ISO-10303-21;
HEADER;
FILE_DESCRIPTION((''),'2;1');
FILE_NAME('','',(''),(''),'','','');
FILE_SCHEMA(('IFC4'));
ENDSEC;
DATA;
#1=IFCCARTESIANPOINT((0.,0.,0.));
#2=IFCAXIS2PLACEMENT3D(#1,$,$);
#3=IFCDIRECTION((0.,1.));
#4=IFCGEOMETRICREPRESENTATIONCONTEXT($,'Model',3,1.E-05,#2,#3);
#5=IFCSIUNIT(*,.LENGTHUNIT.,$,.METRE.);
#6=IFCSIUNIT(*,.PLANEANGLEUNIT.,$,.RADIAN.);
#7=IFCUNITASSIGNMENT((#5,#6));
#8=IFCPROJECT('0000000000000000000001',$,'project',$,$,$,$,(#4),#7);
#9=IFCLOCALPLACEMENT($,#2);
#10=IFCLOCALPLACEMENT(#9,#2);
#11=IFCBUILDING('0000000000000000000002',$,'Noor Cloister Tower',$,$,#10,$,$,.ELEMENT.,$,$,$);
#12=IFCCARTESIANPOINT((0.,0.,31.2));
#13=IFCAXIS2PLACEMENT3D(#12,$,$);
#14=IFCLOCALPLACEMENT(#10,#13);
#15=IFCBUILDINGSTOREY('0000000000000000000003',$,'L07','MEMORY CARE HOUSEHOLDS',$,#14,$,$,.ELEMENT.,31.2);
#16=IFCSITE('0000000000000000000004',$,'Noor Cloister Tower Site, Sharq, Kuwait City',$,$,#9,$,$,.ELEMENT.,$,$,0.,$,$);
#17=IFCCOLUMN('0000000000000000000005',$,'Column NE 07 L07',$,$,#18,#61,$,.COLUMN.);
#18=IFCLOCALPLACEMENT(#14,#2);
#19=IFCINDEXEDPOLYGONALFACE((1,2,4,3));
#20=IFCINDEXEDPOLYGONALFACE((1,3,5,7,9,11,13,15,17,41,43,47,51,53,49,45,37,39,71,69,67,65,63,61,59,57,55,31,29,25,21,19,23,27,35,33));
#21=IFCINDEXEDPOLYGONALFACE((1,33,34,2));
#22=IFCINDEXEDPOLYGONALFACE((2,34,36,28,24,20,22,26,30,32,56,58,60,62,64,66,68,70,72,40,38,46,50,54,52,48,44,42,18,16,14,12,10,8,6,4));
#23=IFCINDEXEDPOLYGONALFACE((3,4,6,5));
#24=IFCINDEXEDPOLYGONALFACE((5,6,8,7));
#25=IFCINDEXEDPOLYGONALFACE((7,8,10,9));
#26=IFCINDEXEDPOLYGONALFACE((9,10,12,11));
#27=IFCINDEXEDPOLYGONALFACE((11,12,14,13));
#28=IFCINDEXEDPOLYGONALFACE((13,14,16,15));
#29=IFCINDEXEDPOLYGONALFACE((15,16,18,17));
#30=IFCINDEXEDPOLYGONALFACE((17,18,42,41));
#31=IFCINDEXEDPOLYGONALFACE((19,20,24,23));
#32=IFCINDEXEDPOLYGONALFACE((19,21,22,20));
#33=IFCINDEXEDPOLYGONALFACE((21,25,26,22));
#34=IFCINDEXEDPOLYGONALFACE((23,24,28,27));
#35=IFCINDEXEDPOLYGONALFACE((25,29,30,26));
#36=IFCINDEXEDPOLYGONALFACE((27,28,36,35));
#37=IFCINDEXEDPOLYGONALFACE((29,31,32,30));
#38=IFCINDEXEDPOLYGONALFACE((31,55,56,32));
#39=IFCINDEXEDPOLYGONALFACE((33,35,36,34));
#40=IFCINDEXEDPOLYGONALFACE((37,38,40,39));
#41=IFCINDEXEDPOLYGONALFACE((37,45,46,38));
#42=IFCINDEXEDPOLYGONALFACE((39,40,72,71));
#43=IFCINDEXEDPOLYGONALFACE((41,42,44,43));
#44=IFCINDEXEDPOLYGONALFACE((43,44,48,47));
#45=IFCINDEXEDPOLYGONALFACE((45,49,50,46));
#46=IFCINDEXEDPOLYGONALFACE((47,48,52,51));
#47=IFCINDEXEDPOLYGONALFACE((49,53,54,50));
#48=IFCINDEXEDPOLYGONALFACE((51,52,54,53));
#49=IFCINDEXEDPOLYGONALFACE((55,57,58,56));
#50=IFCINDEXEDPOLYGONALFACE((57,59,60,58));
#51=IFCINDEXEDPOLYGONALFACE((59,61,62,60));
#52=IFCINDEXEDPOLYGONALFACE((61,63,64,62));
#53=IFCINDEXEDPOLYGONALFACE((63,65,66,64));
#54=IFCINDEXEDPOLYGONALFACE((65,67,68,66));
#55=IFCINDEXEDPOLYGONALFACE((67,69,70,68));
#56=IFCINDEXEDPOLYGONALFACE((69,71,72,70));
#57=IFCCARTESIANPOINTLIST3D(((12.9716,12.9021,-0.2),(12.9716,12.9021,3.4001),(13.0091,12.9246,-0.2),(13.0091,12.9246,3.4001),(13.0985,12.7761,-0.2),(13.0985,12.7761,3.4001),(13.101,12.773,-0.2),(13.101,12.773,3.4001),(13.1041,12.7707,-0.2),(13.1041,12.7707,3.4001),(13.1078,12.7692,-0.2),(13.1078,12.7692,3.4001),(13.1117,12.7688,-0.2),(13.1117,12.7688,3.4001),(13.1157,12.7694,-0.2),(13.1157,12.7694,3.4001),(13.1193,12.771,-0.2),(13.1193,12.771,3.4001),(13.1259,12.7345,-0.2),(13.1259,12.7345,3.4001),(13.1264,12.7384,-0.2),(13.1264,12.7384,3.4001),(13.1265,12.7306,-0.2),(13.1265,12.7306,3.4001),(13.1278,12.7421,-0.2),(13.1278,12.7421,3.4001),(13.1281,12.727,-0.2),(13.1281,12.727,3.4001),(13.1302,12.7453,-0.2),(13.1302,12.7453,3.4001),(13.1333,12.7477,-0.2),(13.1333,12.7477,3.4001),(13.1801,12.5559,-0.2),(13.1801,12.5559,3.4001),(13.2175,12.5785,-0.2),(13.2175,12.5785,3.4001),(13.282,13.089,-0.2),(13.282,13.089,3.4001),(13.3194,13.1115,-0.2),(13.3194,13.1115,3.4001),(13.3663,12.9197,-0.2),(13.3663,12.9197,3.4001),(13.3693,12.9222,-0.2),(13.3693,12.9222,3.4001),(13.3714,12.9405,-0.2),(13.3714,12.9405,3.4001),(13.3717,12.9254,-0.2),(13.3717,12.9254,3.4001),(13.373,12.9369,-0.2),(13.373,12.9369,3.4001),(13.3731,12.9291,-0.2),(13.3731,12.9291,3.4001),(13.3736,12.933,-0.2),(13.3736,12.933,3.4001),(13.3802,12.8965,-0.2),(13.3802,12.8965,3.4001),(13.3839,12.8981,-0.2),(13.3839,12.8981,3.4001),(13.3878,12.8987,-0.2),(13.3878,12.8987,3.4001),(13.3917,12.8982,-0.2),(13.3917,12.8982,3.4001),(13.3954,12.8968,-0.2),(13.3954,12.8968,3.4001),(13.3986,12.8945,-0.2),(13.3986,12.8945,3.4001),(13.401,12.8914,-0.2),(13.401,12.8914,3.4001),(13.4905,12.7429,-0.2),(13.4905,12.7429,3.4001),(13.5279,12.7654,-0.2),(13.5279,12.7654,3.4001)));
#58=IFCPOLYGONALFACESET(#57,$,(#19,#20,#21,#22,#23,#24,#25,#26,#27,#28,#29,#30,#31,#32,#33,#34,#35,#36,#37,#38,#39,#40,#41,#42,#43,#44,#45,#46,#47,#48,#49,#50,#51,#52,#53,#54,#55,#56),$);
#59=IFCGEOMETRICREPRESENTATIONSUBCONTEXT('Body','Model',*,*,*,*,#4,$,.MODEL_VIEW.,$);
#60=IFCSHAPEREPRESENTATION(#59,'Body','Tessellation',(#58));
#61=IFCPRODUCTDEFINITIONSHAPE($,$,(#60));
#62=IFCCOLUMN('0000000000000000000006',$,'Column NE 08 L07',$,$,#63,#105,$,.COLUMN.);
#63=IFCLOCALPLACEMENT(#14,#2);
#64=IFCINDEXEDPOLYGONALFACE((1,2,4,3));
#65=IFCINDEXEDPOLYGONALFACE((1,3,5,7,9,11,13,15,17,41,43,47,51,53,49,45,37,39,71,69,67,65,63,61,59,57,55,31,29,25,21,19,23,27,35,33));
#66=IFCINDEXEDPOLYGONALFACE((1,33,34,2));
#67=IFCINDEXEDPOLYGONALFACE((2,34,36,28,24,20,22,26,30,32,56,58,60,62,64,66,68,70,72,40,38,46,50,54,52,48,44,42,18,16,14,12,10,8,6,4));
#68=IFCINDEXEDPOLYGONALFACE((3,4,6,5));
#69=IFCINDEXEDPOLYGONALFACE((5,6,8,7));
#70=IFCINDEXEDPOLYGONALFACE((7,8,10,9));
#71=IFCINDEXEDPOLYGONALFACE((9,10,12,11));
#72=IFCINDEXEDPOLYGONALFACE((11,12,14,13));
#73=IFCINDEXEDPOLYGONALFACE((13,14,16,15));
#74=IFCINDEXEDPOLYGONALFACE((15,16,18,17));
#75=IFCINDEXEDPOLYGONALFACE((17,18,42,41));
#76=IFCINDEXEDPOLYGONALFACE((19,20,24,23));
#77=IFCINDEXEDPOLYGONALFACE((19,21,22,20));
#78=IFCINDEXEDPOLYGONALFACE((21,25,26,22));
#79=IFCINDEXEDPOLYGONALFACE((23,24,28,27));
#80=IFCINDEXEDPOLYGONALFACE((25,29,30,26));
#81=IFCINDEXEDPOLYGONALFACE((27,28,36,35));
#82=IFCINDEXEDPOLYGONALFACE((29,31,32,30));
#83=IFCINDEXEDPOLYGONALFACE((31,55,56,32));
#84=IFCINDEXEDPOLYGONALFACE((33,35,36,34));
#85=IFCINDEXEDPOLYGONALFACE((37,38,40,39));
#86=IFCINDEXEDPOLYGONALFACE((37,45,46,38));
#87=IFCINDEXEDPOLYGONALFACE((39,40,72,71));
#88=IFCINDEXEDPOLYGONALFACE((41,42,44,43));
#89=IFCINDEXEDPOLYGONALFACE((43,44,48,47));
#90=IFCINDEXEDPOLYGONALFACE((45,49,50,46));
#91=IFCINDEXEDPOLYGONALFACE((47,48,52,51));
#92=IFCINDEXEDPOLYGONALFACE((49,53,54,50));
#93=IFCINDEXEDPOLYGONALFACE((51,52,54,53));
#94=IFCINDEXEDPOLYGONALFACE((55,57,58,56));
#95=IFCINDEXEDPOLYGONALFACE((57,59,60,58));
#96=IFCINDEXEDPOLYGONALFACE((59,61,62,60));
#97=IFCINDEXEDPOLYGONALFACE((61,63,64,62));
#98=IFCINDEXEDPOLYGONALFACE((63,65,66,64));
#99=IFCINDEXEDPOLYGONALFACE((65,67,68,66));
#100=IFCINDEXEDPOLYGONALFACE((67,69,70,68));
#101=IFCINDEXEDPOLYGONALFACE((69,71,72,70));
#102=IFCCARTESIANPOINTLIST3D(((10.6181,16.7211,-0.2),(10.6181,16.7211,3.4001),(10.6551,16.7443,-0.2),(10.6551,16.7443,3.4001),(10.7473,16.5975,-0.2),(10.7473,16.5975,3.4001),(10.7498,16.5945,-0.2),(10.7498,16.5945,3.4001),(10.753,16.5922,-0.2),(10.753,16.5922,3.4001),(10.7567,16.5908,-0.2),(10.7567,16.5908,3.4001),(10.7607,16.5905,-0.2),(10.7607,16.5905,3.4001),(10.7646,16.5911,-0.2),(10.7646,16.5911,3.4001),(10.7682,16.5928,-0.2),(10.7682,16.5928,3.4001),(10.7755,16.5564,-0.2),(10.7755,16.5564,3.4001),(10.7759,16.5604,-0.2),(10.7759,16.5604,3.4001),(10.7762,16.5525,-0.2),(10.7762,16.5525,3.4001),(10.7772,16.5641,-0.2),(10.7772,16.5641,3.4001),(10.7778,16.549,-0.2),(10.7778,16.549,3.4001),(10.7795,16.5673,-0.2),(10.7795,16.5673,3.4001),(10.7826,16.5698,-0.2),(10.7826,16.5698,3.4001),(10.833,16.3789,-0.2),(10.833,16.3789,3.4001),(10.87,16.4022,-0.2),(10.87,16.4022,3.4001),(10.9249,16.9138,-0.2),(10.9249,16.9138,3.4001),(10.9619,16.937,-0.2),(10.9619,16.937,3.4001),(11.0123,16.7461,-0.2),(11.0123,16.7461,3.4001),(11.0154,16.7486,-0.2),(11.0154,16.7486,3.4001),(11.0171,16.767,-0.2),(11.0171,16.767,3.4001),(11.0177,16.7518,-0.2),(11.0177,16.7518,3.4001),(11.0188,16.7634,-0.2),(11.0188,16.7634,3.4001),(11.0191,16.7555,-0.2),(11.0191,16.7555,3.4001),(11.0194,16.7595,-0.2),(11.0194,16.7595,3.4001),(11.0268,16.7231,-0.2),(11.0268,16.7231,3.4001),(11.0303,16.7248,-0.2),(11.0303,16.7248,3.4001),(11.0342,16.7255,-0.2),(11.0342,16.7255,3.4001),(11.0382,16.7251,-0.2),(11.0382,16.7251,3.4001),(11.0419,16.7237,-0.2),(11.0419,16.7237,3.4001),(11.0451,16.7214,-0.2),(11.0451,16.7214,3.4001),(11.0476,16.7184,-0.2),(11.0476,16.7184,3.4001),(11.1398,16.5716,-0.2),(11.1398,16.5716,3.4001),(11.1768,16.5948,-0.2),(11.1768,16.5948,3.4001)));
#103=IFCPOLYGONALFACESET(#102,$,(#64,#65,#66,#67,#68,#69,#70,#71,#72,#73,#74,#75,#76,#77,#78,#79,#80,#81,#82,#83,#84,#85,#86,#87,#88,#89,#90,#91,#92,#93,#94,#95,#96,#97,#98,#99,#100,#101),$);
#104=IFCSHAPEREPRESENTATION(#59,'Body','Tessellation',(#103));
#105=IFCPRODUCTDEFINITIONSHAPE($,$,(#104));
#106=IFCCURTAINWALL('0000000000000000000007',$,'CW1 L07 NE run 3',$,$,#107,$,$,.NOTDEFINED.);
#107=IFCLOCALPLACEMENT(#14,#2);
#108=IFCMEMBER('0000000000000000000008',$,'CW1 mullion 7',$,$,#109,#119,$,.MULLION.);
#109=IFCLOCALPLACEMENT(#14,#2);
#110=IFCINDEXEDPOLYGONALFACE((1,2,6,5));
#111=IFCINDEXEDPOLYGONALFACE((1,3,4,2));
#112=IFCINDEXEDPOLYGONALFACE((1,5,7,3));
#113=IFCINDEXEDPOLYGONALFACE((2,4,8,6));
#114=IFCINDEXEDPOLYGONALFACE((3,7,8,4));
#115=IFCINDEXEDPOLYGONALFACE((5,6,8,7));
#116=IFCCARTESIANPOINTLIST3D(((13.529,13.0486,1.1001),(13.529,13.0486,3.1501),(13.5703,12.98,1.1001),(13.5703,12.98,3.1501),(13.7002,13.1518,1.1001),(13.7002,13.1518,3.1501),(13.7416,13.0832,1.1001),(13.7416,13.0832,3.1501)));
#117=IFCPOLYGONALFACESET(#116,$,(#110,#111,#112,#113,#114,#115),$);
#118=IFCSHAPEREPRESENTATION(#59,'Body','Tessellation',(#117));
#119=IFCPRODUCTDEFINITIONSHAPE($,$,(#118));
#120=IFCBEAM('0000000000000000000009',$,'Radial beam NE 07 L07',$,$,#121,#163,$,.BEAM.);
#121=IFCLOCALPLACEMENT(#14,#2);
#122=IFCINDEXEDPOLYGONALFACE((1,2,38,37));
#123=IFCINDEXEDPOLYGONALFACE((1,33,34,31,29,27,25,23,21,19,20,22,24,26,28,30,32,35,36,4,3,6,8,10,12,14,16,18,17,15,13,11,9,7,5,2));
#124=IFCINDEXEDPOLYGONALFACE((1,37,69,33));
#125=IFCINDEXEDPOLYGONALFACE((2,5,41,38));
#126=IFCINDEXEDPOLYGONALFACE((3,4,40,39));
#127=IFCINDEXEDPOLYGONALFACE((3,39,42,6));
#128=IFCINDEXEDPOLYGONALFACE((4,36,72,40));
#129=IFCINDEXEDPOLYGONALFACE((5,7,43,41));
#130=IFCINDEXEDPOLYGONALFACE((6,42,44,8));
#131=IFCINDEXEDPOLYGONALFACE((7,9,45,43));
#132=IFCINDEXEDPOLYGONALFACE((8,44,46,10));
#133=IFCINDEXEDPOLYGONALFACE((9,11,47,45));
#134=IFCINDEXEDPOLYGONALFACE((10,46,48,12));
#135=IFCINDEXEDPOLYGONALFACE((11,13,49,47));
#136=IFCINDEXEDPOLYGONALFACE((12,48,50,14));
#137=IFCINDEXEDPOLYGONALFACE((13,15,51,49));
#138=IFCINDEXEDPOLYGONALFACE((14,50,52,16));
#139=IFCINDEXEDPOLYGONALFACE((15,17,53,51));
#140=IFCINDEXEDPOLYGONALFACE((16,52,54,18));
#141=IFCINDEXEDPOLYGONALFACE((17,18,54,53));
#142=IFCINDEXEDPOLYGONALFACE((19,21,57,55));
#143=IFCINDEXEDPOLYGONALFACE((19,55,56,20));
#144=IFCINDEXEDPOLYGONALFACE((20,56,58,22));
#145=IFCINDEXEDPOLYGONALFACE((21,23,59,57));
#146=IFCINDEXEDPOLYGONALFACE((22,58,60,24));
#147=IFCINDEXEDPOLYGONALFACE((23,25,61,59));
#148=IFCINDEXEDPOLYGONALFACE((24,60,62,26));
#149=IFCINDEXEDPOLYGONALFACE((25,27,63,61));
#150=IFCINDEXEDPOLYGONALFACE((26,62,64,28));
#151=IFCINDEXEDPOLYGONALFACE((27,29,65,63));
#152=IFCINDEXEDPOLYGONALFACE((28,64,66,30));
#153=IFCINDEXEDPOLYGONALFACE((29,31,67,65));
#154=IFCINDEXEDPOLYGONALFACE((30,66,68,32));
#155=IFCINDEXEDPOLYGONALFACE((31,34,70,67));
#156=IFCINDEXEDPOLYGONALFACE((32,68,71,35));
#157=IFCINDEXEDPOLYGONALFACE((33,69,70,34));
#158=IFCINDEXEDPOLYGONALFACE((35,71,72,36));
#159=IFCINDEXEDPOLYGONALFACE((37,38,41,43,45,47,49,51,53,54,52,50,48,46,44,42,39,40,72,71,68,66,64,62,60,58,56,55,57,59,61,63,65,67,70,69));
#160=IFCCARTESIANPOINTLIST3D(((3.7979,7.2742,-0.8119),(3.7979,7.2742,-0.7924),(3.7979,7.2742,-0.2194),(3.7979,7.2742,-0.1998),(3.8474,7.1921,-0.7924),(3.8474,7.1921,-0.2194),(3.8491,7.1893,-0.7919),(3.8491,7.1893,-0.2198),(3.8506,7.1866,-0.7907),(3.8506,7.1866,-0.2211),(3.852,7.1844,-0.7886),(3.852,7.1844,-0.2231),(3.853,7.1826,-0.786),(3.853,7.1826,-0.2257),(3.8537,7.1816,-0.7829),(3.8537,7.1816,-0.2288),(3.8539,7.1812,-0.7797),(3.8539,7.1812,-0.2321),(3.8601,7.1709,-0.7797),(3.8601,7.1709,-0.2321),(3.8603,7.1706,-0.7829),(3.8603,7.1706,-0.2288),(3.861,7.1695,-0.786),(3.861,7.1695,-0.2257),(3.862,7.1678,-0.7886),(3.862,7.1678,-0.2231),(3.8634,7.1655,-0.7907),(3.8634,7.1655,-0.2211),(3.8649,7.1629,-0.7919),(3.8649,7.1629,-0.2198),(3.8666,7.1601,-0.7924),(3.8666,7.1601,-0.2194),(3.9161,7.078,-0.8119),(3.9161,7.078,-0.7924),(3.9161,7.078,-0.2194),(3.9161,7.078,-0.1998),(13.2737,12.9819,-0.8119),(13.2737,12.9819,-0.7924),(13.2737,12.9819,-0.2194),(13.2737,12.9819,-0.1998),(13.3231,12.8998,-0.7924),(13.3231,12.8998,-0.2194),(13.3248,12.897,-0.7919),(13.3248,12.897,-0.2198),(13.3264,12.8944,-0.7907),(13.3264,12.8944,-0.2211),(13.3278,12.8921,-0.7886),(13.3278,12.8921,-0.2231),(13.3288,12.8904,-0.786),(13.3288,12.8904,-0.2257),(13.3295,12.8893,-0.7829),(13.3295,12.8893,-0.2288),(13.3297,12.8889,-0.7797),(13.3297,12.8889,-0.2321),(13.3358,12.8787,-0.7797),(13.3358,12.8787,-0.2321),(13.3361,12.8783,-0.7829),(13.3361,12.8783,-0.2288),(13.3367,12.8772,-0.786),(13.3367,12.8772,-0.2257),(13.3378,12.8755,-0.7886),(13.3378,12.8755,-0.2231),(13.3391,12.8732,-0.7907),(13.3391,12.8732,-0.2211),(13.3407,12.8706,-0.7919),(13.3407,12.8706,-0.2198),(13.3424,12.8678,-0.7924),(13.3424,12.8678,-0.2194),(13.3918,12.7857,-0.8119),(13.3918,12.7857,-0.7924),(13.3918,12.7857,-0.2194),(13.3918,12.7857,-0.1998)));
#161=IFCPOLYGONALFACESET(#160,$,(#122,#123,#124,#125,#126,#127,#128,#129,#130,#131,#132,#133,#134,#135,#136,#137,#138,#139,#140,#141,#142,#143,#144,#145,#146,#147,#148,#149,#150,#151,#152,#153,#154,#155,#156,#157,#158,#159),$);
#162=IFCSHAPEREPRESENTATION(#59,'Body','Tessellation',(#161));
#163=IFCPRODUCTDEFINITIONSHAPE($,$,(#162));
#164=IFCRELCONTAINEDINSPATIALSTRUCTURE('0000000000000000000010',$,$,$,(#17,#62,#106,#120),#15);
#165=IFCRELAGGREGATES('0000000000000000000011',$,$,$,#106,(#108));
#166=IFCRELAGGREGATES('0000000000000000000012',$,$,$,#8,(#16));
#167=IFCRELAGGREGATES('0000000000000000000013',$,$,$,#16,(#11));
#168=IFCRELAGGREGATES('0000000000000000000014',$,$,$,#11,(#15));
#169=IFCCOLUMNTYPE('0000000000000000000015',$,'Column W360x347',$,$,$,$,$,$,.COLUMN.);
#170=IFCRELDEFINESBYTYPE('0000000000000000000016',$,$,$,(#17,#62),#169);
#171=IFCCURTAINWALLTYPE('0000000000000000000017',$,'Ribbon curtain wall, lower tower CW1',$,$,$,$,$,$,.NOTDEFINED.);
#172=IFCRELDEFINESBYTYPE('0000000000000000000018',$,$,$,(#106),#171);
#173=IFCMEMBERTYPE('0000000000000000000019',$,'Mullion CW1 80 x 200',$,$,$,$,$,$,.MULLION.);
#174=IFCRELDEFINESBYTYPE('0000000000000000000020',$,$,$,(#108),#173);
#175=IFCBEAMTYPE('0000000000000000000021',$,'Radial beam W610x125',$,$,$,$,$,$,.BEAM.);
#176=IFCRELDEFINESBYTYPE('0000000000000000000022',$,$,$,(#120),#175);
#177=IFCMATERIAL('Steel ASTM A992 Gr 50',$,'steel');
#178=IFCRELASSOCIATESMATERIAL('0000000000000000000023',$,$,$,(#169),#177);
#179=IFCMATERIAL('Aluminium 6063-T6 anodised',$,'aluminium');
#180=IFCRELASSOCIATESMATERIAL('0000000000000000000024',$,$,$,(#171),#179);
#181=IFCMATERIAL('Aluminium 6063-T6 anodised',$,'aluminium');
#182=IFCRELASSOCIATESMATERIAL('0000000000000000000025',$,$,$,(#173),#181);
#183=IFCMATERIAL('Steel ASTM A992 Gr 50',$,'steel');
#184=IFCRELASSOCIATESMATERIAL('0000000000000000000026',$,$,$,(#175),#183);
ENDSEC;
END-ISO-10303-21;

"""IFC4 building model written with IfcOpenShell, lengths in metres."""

from ifc_helpers import new_model, si_unit, direction, frame, origin, origin_2d, place, context, subcontext, project, spatial, rectangle, i_section, extrude, material, material_profile, profile_set, type_object, element, aggregate, save


model = new_model("IFC4")

# Units and contexts
model_context = context("Model", 3, precision=1e-05, world=origin(), true_north=direction((0.0, 1.0)))
body_context = subcontext(model_context, "Body", "Model", "MODEL_VIEW")
ifc_project = project(units=[si_unit("LENGTHUNIT", "METRE"), si_unit("PLANEANGLEUNIT", "RADIAN")], contexts=[model_context])

# Site, building, storey
site_placement = place(None, origin())
site = spatial("IfcSite", under=ifc_project, at=site_placement, Name="Noor Cloister Tower Site, Sharq, Kuwait City", CompositionType="ELEMENT", RefElevation=0.0)
building_placement = place(site_placement, origin())
building = spatial("IfcBuilding", under=site, at=building_placement, Name="Noor Cloister Tower", CompositionType="ELEMENT")
storey_placement = place(building_placement, frame((0.0, 0.0, 31.2)))
storey = spatial("IfcBuildingStorey", under=building, at=storey_placement, Name="L07", Description="MEMORY CARE HOUSEHOLDS", CompositionType="ELEMENT", Elevation=31.2)

# Columns
ifc_material_1 = material(Name="Steel ASTM A992 Gr 50", Category="steel")
ifc_material_profile_1 = material_profile(ifc_material_1, i_section(OverallWidth=0.4041, OverallDepth=0.406, WebThickness=0.0271, FlangeThickness=0.0437, FilletRadius=0.0151, at=origin_2d()), Name="W360x347")
ifc_profile_set_1 = profile_set([ifc_material_profile_1], Name="Steel ASTM A992 Gr 50")
column_type = type_object("IfcColumnType", Name="Column W360x347", PredefinedType="COLUMN", material=ifc_profile_set_1)
for number, where, z_axis, x_axis, name in (
    (1, (13.2498, 12.8337, -0.2), (0.0, 0.0, 1.0), (-0.515981, 0.8566, 0.0), "Column NE 07 L07"),
    (2, (10.8975, 16.658, -0.2), (0.0, 0.0, 1.0), (-0.531785, 0.84688, 0.0), "Column NE 08 L07"),
):
    element("IfcColumn", number, at=place(storey_placement, frame(where, z_axis=z_axis, x_axis=x_axis)), inside=storey, type_object=column_type, Name=name, PredefinedType="COLUMN", context=body_context, shape_type="SweptSolid", body=[
        extrude(i_section(OverallWidth=0.4041, OverallDepth=0.406, WebThickness=0.0271, FlangeThickness=0.0437, FilletRadius=0.0151, at=origin_2d()), origin(), (0.0, 0.0, 1.0), 3.6001),
    ])

# Curtain wall, member
ifc_material_2 = material(Name="Aluminium 6063-T6 anodised", Category="aluminium")
curtain_wall_type = type_object("IfcCurtainWallType", Name="Ribbon curtain wall, lower tower CW1", PredefinedType="NOTDEFINED", material=ifc_material_2)
curtain_wall_placement = place(storey_placement, origin())
curtain_wall = element("IfcCurtainWall", 3, at=curtain_wall_placement, inside=storey, type_object=curtain_wall_type, Name="CW1 L07 NE run 3", PredefinedType="NOTDEFINED")
ifc_material_3 = material(Name="Aluminium 6063-T6 anodised", Category="aluminium")
ifc_material_profile_2 = material_profile(ifc_material_3, rectangle(XDim=0.2, YDim=0.0801, at=origin_2d()), Name="200 x 80 mullion")
ifc_profile_set_2 = profile_set([ifc_material_profile_2], Name="Aluminium 6063-T6 anodised")
member_type = type_object("IfcMemberType", Name="Mullion CW1 80 x 200", PredefinedType="MULLION", material=ifc_profile_set_2)
member_placement = place(storey_placement, frame((13.6353, 13.0659, 1.1001), z_axis=(0.0, 0.0, 1.0), x_axis=(-0.8566, -0.515981, 0.0)))
member = element("IfcMember", 4, at=member_placement, type_object=member_type, Name="CW1 mullion 7", PredefinedType="MULLION", context=body_context, shape_type="SweptSolid", body=[
    extrude(rectangle(XDim=0.2, YDim=0.0801, at=origin_2d()), origin(), (0.0, 0.0, 1.0), 2.05),
])

# Beam
ifc_material_4 = material(Name="Steel ASTM A992 Gr 50", Category="steel")
ifc_material_profile_3 = material_profile(ifc_material_4, i_section(OverallWidth=0.229, OverallDepth=0.6121, WebThickness=0.012, FlangeThickness=0.0195, FilletRadius=0.0127, at=origin_2d()), Name="W610x125")
ifc_profile_set_3 = profile_set([ifc_material_profile_3], Name="Steel ASTM A992 Gr 50")
beam_type_1 = type_object("IfcBeamType", Name="Radial beam W610x125", PredefinedType="BEAM", material=ifc_profile_set_3)
beam_1_placement = place(storey_placement, frame((13.3328, 12.8838, -0.5059), z_axis=(-0.856604, -0.515975, 0.0), x_axis=(0.515975, -0.856604, 0.0)))
element("IfcBeam", 5, at=beam_1_placement, inside=storey, type_object=beam_type_1, Name="Radial beam NE 07 L07", PredefinedType="BEAM", context=body_context, shape_type="SweptSolid", body=[
    extrude(i_section(OverallWidth=0.229, OverallDepth=0.6121, WebThickness=0.012, FlangeThickness=0.0195, FilletRadius=0.0127, at=origin_2d()), origin(), (0.0, 0.0, 1.0), 11.062),
])

aggregate(curtain_wall, [member])

save(model, "model.ifc")
